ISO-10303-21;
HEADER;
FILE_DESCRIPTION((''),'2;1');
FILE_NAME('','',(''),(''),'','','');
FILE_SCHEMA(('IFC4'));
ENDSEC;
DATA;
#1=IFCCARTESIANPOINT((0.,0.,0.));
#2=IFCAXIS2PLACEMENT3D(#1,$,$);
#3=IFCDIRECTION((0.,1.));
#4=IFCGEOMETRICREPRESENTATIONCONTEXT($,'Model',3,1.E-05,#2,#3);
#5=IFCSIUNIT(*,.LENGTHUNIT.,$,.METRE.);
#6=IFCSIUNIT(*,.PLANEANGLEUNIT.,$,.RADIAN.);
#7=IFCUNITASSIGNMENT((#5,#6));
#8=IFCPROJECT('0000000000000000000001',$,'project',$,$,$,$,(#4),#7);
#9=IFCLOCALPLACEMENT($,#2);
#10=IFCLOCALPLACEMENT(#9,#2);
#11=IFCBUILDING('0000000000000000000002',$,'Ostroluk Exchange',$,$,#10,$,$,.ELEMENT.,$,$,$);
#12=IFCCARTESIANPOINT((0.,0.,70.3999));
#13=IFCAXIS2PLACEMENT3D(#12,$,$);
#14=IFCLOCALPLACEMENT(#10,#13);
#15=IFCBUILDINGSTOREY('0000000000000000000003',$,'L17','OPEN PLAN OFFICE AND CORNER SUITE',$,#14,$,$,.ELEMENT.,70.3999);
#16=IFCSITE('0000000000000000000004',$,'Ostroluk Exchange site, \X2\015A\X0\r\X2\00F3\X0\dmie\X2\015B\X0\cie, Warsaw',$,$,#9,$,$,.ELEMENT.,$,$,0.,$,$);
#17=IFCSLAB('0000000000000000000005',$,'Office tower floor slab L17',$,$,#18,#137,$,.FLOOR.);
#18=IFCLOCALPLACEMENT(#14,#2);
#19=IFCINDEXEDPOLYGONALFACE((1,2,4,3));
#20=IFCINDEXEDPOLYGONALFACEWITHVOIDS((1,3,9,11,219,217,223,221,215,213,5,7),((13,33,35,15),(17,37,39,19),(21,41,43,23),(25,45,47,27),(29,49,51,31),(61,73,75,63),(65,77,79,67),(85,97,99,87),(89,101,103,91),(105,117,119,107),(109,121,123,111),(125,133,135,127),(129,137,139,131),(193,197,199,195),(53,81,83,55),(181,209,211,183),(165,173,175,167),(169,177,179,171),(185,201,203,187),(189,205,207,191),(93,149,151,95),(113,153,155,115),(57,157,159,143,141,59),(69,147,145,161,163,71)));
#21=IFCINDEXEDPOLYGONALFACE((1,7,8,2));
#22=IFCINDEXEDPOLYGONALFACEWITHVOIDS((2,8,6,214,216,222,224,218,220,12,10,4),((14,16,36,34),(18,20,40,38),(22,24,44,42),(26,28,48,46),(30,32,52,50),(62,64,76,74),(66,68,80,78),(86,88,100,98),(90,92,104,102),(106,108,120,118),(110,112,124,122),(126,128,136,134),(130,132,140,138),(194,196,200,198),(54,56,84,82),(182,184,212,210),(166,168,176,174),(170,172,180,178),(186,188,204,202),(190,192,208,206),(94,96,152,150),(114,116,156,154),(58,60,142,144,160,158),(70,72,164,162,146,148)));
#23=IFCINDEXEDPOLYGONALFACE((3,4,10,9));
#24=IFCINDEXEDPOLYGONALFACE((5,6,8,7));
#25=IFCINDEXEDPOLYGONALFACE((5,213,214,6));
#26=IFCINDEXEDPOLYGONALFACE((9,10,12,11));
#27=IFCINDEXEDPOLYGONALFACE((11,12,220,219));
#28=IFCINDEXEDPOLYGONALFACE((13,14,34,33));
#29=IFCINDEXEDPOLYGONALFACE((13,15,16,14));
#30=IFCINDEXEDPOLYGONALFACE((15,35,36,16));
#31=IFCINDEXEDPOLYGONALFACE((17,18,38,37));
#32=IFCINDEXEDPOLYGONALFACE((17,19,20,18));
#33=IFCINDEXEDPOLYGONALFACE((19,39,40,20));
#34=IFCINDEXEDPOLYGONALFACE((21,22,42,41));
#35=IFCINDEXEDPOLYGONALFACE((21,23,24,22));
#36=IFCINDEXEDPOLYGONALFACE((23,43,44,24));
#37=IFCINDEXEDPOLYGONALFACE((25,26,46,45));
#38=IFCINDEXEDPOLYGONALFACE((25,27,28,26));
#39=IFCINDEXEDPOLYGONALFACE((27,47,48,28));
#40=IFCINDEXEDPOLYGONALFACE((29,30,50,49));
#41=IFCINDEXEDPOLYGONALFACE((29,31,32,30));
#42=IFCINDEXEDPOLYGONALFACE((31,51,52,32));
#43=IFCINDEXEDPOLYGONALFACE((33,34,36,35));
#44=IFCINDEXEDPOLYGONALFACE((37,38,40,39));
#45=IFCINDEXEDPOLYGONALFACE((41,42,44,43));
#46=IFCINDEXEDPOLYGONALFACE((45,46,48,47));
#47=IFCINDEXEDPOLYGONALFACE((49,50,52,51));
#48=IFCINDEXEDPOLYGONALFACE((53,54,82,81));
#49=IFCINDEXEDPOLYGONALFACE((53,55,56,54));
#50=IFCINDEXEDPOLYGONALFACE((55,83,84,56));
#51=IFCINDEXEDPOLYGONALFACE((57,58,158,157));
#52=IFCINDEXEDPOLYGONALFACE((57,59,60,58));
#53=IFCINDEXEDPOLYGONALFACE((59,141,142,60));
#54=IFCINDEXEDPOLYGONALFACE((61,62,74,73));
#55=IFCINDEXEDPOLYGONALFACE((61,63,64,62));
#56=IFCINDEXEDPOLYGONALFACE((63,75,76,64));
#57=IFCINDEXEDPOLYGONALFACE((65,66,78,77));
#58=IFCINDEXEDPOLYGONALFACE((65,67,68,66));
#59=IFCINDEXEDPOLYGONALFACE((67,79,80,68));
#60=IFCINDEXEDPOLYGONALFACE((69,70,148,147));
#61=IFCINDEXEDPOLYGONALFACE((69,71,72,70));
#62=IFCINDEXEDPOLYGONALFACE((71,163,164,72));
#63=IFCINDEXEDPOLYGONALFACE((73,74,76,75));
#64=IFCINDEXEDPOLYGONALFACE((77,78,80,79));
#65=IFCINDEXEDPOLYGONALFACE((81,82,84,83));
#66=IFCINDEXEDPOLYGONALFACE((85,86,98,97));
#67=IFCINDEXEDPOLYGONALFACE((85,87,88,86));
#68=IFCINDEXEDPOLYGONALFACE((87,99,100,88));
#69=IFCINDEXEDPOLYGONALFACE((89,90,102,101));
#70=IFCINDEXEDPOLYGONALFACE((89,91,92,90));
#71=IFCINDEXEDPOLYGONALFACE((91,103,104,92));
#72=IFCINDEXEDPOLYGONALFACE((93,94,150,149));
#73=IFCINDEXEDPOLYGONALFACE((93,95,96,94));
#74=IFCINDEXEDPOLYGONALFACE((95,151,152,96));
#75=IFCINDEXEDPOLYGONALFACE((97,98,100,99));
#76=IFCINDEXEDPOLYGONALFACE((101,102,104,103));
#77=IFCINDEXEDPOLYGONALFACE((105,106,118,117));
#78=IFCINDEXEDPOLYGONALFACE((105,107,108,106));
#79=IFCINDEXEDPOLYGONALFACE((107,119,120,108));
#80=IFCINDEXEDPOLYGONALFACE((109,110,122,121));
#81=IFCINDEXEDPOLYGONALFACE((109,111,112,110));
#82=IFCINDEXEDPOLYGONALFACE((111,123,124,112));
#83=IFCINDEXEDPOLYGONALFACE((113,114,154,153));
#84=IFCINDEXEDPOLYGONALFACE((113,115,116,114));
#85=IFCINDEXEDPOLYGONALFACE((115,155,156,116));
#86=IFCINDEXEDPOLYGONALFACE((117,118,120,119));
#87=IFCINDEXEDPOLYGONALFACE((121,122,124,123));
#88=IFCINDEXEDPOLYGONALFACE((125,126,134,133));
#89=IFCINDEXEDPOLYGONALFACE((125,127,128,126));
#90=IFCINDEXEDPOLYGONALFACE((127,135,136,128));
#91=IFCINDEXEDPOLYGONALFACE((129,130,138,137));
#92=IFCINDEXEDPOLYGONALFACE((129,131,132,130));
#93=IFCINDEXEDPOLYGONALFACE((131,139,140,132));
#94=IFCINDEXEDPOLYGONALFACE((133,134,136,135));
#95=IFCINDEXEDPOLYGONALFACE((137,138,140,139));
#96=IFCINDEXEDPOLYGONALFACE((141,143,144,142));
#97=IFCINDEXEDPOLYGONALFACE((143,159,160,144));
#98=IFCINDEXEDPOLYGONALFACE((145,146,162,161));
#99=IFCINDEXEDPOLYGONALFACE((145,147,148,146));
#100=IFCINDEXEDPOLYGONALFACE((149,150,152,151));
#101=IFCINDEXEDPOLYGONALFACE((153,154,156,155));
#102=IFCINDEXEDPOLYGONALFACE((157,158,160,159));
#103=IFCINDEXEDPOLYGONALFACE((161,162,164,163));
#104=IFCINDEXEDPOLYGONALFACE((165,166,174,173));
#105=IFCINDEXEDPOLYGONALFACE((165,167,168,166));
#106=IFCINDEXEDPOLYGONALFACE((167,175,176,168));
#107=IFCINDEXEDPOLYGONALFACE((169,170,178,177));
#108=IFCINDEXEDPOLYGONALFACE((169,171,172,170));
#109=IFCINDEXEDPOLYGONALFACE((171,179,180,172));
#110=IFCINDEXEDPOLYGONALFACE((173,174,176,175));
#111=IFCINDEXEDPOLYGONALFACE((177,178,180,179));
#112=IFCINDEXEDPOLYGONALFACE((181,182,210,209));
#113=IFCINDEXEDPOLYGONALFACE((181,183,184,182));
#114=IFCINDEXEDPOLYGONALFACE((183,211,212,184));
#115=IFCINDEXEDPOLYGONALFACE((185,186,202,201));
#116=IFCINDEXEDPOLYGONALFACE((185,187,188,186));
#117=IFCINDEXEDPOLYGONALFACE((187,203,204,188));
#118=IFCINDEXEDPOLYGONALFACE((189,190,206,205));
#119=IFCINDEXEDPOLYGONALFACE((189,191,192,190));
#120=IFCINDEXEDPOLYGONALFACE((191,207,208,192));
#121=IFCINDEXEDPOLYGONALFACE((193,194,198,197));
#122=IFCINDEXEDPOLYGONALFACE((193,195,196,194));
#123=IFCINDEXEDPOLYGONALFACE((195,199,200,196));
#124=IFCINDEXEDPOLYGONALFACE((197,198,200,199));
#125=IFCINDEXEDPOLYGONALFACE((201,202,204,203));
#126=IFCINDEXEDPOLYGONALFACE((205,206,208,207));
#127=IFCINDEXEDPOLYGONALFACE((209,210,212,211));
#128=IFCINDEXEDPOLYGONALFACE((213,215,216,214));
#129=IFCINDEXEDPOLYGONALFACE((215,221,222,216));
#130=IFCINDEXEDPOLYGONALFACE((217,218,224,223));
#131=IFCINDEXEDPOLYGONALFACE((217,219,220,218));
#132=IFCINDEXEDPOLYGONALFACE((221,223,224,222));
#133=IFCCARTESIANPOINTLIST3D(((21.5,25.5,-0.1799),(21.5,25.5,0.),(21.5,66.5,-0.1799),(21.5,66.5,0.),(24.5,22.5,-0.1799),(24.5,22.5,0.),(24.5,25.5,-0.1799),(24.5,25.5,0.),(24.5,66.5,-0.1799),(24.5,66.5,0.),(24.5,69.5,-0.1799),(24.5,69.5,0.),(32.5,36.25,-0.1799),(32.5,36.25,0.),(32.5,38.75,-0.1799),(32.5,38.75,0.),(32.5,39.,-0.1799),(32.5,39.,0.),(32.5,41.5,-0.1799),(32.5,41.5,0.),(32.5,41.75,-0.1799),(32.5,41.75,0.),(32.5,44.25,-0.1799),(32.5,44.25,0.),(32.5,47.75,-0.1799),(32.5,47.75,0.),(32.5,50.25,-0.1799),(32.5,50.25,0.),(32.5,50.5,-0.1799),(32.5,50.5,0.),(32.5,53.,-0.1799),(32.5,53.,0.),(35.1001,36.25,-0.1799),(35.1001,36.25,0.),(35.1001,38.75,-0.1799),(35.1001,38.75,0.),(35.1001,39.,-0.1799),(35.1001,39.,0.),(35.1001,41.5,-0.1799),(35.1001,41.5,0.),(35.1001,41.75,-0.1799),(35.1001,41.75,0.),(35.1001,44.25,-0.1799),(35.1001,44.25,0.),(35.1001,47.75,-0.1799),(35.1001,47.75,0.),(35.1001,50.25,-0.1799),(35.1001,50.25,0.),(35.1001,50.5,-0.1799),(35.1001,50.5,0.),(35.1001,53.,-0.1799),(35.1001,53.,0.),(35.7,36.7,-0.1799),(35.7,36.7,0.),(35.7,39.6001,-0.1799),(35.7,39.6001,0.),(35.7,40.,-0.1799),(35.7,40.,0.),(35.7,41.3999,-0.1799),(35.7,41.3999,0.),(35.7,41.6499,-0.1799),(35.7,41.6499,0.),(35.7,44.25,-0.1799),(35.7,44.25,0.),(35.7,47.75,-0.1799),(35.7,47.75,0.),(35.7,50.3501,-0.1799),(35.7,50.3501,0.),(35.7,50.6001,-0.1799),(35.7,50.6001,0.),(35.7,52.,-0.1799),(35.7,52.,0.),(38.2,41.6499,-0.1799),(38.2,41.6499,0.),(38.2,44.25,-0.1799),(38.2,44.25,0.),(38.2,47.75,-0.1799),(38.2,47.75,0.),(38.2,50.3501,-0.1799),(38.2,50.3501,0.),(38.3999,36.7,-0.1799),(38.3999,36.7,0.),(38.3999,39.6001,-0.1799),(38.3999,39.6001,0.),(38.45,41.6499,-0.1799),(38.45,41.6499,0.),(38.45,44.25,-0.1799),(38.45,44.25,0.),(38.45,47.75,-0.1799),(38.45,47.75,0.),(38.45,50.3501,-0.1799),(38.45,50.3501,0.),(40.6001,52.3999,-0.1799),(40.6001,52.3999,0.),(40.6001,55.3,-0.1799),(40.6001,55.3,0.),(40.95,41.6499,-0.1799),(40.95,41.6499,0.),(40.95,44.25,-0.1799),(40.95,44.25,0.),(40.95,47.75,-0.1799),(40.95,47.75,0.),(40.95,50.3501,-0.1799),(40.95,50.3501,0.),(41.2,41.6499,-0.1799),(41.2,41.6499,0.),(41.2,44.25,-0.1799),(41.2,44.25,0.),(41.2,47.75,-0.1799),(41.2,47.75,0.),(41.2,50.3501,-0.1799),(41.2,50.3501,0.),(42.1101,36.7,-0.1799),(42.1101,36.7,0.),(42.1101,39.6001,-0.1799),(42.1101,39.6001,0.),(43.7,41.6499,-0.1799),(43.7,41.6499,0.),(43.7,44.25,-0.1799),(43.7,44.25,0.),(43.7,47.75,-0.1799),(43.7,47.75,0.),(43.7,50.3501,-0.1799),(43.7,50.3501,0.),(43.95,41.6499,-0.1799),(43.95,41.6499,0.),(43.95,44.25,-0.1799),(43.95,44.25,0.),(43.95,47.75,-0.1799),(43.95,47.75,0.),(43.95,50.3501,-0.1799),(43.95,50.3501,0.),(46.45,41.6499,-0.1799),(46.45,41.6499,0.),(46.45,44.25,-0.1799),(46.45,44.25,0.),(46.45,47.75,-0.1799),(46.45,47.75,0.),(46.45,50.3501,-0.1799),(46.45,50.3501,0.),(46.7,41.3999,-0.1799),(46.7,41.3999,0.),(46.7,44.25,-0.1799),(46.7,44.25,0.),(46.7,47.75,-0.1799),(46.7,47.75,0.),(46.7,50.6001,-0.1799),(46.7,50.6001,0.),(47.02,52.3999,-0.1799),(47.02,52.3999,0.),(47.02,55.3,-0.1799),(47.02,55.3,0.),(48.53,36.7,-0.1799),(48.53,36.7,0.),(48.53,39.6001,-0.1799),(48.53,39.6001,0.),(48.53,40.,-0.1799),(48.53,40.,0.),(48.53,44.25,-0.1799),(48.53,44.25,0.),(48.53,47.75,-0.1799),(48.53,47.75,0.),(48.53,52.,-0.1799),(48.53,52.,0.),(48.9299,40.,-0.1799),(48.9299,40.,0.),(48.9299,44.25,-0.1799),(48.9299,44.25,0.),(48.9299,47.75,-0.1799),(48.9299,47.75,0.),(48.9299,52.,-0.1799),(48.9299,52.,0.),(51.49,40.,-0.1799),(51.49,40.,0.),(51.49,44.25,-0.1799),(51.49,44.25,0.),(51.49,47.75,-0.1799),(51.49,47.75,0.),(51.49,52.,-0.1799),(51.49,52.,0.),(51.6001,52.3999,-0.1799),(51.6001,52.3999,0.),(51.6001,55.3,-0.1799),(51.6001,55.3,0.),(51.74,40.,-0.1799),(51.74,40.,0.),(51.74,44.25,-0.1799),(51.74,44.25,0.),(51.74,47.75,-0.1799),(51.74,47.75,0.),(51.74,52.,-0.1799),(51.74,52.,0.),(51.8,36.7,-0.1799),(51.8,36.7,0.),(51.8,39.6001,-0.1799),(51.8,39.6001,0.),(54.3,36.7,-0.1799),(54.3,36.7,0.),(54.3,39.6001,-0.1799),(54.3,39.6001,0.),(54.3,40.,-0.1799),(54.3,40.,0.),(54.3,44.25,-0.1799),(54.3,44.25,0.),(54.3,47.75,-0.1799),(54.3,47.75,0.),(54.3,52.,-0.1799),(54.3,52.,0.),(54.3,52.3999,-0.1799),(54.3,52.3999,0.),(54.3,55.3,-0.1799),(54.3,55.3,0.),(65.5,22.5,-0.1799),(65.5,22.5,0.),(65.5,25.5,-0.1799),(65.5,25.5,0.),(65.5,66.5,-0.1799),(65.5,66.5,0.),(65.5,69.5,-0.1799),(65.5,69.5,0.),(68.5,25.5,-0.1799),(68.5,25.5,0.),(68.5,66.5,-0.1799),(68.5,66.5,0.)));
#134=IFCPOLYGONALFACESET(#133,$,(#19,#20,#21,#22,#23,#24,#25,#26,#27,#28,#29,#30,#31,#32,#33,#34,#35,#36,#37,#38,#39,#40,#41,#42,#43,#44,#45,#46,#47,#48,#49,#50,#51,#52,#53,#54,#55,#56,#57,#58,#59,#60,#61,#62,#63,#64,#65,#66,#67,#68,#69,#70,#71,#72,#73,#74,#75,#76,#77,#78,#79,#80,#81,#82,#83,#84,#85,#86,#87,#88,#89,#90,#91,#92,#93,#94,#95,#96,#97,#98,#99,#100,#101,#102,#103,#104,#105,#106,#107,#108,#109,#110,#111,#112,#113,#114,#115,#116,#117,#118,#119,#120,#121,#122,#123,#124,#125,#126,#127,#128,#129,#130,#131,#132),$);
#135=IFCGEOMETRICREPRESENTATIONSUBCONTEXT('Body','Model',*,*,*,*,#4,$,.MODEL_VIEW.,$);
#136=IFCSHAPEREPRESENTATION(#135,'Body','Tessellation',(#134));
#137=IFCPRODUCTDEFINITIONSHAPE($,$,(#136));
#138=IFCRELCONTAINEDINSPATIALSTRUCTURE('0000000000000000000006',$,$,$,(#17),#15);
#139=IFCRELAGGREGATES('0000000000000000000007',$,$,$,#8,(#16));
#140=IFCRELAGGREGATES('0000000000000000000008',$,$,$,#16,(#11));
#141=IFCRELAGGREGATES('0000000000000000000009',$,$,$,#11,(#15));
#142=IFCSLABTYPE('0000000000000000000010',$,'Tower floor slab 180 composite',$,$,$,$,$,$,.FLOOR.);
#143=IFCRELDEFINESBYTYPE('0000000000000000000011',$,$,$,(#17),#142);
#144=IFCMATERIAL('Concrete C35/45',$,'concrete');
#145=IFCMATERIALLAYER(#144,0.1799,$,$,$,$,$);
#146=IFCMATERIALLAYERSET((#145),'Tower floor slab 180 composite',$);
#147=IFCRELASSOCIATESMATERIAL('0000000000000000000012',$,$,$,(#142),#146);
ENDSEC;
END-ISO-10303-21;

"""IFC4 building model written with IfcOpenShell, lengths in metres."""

from ifc_helpers import new_model, si_unit, direction, frame, origin, place, context, subcontext, project, spatial, polyline, outline, extrude, material, layer, layer_set, type_object, element, save


model = new_model("IFC4")

# Units and contexts
model_context = context("Model", 3, precision=1e-05, world=origin(), true_north=direction((0.0, 1.0)))
body_context = subcontext(model_context, "Body", "Model", "MODEL_VIEW")
ifc_project = project(units=[si_unit("LENGTHUNIT", "METRE"), si_unit("PLANEANGLEUNIT", "RADIAN")], contexts=[model_context])

# Site, building, storey
site_placement = place(None, origin())
site = spatial("IfcSite", under=ifc_project, at=site_placement, Name="Ostroluk Exchange site, Śródmieście, Warsaw", CompositionType="ELEMENT", RefElevation=0.0)
building_placement = place(site_placement, origin())
building = spatial("IfcBuilding", under=site, at=building_placement, Name="Ostroluk Exchange", CompositionType="ELEMENT")
storey_placement = place(building_placement, frame((0.0, 0.0, 70.3999)))
storey = spatial("IfcBuildingStorey", under=building, at=storey_placement, Name="L17", Description="OPEN PLAN OFFICE AND CORNER SUITE", CompositionType="ELEMENT", Elevation=70.3999)

# Slab
ifc_material_1 = material(Name="Concrete C35/45", Category="concrete")
ifc_layer_1 = layer(ifc_material_1, 0.1799)
ifc_layer_set_1 = layer_set([ifc_layer_1], Name="Tower floor slab 180 composite")
slab_type_1 = type_object("IfcSlabType", Name="Tower floor slab 180 composite", PredefinedType="FLOOR", material=ifc_layer_set_1)
slab_1_placement = place(storey_placement, frame((0.0, 0.0, -0.1799)))
element("IfcSlab", 1, at=slab_1_placement, inside=storey, type_object=slab_type_1, Name="Office tower floor slab L17", PredefinedType="FLOOR", context=body_context, shape_type="SweptSolid", body=[
    extrude(outline(polyline([(24.5, 22.5), (65.5, 22.5), (65.5, 25.5), (68.5, 25.5), (68.5, 66.5), (65.5, 66.5), (65.5, 69.5), (24.5, 69.5), (24.5, 66.5), (21.5, 66.5), (21.5, 25.5), (24.5, 25.5), (24.5, 22.5)]), holes=[polyline([(35.7, 36.7), (38.3999, 36.7), (38.3999, 39.6001), (35.7, 39.6001), (35.7, 36.7)]), polyline([(42.1101, 36.7), (48.53, 36.7), (48.53, 39.6001), (42.1101, 39.6001), (42.1101, 36.7)]), polyline([(51.8, 36.7), (54.3, 36.7), (54.3, 39.6001), (51.8, 39.6001), (51.8, 36.7)]), polyline([(40.6001, 52.3999), (47.02, 52.3999), (47.02, 55.3), (40.6001, 55.3), (40.6001, 52.3999)]), polyline([(51.6001, 52.3999), (54.3, 52.3999), (54.3, 55.3), (51.6001, 55.3), (51.6001, 52.3999)]), polyline([(35.7, 47.75), (38.2, 47.75), (38.2, 50.3501), (35.7, 50.3501), (35.7, 47.75)]), polyline([(38.45, 47.75), (40.95, 47.75), (40.95, 50.3501), (38.45, 50.3501), (38.45, 47.75)]), polyline([(41.2, 47.75), (43.7, 47.75), (43.7, 50.3501), (41.2, 50.3501), (41.2, 47.75)]), polyline([(43.95, 47.75), (46.45, 47.75), (46.45, 50.3501), (43.95, 50.3501), (43.95, 47.75)]), polyline([(35.7, 41.6499), (38.2, 41.6499), (38.2, 44.25), (35.7, 44.25), (35.7, 41.6499)]), polyline([(38.45, 41.6499), (40.95, 41.6499), (40.95, 44.25), (38.45, 44.25), (38.45, 41.6499)]), polyline([(41.2, 41.6499), (43.7, 41.6499), (43.7, 44.25), (41.2, 44.25), (41.2, 41.6499)]), polyline([(43.95, 41.6499), (46.45, 41.6499), (46.45, 44.25), (43.95, 44.25), (43.95, 41.6499)]), polyline([(48.9299, 47.75), (51.49, 47.75), (51.49, 52.0), (48.9299, 52.0), (48.9299, 47.75)]), polyline([(51.74, 47.75), (54.3, 47.75), (54.3, 52.0), (51.74, 52.0), (51.74, 47.75)]), polyline([(48.9299, 40.0), (51.49, 40.0), (51.49, 44.25), (48.9299, 44.25), (48.9299, 40.0)]), polyline([(51.74, 40.0), (54.3, 40.0), (54.3, 44.25), (51.74, 44.25), (51.74, 40.0)]), polyline([(48.53, 52.0), (48.53, 47.75), (46.7, 47.75), (46.7, 50.6001), (35.7, 50.6001), (35.7, 52.0), (48.53, 52.0)]), polyline([(35.7, 40.0), (35.7, 41.3999), (46.7, 41.3999), (46.7, 44.25), (48.53, 44.25), (48.53, 40.0), (35.7, 40.0)]), polyline([(32.5, 36.25), (35.1001, 36.25), (35.1001, 38.75), (32.5, 38.75), (32.5, 36.25)]), polyline([(32.5, 39.0), (35.1001, 39.0), (35.1001, 41.5), (32.5, 41.5), (32.5, 39.0)]), polyline([(32.5, 41.75), (35.1001, 41.75), (35.1001, 44.25), (32.5, 44.25), (32.5, 41.75)]), polyline([(32.5, 47.75), (35.1001, 47.75), (35.1001, 50.25), (32.5, 50.25), (32.5, 47.75)]), polyline([(32.5, 50.5), (35.1001, 50.5), (35.1001, 53.0), (32.5, 53.0), (32.5, 50.5)])]), origin(), (0.0, 0.0, 1.0), 0.1799),
])

save(model, "model.ifc")
